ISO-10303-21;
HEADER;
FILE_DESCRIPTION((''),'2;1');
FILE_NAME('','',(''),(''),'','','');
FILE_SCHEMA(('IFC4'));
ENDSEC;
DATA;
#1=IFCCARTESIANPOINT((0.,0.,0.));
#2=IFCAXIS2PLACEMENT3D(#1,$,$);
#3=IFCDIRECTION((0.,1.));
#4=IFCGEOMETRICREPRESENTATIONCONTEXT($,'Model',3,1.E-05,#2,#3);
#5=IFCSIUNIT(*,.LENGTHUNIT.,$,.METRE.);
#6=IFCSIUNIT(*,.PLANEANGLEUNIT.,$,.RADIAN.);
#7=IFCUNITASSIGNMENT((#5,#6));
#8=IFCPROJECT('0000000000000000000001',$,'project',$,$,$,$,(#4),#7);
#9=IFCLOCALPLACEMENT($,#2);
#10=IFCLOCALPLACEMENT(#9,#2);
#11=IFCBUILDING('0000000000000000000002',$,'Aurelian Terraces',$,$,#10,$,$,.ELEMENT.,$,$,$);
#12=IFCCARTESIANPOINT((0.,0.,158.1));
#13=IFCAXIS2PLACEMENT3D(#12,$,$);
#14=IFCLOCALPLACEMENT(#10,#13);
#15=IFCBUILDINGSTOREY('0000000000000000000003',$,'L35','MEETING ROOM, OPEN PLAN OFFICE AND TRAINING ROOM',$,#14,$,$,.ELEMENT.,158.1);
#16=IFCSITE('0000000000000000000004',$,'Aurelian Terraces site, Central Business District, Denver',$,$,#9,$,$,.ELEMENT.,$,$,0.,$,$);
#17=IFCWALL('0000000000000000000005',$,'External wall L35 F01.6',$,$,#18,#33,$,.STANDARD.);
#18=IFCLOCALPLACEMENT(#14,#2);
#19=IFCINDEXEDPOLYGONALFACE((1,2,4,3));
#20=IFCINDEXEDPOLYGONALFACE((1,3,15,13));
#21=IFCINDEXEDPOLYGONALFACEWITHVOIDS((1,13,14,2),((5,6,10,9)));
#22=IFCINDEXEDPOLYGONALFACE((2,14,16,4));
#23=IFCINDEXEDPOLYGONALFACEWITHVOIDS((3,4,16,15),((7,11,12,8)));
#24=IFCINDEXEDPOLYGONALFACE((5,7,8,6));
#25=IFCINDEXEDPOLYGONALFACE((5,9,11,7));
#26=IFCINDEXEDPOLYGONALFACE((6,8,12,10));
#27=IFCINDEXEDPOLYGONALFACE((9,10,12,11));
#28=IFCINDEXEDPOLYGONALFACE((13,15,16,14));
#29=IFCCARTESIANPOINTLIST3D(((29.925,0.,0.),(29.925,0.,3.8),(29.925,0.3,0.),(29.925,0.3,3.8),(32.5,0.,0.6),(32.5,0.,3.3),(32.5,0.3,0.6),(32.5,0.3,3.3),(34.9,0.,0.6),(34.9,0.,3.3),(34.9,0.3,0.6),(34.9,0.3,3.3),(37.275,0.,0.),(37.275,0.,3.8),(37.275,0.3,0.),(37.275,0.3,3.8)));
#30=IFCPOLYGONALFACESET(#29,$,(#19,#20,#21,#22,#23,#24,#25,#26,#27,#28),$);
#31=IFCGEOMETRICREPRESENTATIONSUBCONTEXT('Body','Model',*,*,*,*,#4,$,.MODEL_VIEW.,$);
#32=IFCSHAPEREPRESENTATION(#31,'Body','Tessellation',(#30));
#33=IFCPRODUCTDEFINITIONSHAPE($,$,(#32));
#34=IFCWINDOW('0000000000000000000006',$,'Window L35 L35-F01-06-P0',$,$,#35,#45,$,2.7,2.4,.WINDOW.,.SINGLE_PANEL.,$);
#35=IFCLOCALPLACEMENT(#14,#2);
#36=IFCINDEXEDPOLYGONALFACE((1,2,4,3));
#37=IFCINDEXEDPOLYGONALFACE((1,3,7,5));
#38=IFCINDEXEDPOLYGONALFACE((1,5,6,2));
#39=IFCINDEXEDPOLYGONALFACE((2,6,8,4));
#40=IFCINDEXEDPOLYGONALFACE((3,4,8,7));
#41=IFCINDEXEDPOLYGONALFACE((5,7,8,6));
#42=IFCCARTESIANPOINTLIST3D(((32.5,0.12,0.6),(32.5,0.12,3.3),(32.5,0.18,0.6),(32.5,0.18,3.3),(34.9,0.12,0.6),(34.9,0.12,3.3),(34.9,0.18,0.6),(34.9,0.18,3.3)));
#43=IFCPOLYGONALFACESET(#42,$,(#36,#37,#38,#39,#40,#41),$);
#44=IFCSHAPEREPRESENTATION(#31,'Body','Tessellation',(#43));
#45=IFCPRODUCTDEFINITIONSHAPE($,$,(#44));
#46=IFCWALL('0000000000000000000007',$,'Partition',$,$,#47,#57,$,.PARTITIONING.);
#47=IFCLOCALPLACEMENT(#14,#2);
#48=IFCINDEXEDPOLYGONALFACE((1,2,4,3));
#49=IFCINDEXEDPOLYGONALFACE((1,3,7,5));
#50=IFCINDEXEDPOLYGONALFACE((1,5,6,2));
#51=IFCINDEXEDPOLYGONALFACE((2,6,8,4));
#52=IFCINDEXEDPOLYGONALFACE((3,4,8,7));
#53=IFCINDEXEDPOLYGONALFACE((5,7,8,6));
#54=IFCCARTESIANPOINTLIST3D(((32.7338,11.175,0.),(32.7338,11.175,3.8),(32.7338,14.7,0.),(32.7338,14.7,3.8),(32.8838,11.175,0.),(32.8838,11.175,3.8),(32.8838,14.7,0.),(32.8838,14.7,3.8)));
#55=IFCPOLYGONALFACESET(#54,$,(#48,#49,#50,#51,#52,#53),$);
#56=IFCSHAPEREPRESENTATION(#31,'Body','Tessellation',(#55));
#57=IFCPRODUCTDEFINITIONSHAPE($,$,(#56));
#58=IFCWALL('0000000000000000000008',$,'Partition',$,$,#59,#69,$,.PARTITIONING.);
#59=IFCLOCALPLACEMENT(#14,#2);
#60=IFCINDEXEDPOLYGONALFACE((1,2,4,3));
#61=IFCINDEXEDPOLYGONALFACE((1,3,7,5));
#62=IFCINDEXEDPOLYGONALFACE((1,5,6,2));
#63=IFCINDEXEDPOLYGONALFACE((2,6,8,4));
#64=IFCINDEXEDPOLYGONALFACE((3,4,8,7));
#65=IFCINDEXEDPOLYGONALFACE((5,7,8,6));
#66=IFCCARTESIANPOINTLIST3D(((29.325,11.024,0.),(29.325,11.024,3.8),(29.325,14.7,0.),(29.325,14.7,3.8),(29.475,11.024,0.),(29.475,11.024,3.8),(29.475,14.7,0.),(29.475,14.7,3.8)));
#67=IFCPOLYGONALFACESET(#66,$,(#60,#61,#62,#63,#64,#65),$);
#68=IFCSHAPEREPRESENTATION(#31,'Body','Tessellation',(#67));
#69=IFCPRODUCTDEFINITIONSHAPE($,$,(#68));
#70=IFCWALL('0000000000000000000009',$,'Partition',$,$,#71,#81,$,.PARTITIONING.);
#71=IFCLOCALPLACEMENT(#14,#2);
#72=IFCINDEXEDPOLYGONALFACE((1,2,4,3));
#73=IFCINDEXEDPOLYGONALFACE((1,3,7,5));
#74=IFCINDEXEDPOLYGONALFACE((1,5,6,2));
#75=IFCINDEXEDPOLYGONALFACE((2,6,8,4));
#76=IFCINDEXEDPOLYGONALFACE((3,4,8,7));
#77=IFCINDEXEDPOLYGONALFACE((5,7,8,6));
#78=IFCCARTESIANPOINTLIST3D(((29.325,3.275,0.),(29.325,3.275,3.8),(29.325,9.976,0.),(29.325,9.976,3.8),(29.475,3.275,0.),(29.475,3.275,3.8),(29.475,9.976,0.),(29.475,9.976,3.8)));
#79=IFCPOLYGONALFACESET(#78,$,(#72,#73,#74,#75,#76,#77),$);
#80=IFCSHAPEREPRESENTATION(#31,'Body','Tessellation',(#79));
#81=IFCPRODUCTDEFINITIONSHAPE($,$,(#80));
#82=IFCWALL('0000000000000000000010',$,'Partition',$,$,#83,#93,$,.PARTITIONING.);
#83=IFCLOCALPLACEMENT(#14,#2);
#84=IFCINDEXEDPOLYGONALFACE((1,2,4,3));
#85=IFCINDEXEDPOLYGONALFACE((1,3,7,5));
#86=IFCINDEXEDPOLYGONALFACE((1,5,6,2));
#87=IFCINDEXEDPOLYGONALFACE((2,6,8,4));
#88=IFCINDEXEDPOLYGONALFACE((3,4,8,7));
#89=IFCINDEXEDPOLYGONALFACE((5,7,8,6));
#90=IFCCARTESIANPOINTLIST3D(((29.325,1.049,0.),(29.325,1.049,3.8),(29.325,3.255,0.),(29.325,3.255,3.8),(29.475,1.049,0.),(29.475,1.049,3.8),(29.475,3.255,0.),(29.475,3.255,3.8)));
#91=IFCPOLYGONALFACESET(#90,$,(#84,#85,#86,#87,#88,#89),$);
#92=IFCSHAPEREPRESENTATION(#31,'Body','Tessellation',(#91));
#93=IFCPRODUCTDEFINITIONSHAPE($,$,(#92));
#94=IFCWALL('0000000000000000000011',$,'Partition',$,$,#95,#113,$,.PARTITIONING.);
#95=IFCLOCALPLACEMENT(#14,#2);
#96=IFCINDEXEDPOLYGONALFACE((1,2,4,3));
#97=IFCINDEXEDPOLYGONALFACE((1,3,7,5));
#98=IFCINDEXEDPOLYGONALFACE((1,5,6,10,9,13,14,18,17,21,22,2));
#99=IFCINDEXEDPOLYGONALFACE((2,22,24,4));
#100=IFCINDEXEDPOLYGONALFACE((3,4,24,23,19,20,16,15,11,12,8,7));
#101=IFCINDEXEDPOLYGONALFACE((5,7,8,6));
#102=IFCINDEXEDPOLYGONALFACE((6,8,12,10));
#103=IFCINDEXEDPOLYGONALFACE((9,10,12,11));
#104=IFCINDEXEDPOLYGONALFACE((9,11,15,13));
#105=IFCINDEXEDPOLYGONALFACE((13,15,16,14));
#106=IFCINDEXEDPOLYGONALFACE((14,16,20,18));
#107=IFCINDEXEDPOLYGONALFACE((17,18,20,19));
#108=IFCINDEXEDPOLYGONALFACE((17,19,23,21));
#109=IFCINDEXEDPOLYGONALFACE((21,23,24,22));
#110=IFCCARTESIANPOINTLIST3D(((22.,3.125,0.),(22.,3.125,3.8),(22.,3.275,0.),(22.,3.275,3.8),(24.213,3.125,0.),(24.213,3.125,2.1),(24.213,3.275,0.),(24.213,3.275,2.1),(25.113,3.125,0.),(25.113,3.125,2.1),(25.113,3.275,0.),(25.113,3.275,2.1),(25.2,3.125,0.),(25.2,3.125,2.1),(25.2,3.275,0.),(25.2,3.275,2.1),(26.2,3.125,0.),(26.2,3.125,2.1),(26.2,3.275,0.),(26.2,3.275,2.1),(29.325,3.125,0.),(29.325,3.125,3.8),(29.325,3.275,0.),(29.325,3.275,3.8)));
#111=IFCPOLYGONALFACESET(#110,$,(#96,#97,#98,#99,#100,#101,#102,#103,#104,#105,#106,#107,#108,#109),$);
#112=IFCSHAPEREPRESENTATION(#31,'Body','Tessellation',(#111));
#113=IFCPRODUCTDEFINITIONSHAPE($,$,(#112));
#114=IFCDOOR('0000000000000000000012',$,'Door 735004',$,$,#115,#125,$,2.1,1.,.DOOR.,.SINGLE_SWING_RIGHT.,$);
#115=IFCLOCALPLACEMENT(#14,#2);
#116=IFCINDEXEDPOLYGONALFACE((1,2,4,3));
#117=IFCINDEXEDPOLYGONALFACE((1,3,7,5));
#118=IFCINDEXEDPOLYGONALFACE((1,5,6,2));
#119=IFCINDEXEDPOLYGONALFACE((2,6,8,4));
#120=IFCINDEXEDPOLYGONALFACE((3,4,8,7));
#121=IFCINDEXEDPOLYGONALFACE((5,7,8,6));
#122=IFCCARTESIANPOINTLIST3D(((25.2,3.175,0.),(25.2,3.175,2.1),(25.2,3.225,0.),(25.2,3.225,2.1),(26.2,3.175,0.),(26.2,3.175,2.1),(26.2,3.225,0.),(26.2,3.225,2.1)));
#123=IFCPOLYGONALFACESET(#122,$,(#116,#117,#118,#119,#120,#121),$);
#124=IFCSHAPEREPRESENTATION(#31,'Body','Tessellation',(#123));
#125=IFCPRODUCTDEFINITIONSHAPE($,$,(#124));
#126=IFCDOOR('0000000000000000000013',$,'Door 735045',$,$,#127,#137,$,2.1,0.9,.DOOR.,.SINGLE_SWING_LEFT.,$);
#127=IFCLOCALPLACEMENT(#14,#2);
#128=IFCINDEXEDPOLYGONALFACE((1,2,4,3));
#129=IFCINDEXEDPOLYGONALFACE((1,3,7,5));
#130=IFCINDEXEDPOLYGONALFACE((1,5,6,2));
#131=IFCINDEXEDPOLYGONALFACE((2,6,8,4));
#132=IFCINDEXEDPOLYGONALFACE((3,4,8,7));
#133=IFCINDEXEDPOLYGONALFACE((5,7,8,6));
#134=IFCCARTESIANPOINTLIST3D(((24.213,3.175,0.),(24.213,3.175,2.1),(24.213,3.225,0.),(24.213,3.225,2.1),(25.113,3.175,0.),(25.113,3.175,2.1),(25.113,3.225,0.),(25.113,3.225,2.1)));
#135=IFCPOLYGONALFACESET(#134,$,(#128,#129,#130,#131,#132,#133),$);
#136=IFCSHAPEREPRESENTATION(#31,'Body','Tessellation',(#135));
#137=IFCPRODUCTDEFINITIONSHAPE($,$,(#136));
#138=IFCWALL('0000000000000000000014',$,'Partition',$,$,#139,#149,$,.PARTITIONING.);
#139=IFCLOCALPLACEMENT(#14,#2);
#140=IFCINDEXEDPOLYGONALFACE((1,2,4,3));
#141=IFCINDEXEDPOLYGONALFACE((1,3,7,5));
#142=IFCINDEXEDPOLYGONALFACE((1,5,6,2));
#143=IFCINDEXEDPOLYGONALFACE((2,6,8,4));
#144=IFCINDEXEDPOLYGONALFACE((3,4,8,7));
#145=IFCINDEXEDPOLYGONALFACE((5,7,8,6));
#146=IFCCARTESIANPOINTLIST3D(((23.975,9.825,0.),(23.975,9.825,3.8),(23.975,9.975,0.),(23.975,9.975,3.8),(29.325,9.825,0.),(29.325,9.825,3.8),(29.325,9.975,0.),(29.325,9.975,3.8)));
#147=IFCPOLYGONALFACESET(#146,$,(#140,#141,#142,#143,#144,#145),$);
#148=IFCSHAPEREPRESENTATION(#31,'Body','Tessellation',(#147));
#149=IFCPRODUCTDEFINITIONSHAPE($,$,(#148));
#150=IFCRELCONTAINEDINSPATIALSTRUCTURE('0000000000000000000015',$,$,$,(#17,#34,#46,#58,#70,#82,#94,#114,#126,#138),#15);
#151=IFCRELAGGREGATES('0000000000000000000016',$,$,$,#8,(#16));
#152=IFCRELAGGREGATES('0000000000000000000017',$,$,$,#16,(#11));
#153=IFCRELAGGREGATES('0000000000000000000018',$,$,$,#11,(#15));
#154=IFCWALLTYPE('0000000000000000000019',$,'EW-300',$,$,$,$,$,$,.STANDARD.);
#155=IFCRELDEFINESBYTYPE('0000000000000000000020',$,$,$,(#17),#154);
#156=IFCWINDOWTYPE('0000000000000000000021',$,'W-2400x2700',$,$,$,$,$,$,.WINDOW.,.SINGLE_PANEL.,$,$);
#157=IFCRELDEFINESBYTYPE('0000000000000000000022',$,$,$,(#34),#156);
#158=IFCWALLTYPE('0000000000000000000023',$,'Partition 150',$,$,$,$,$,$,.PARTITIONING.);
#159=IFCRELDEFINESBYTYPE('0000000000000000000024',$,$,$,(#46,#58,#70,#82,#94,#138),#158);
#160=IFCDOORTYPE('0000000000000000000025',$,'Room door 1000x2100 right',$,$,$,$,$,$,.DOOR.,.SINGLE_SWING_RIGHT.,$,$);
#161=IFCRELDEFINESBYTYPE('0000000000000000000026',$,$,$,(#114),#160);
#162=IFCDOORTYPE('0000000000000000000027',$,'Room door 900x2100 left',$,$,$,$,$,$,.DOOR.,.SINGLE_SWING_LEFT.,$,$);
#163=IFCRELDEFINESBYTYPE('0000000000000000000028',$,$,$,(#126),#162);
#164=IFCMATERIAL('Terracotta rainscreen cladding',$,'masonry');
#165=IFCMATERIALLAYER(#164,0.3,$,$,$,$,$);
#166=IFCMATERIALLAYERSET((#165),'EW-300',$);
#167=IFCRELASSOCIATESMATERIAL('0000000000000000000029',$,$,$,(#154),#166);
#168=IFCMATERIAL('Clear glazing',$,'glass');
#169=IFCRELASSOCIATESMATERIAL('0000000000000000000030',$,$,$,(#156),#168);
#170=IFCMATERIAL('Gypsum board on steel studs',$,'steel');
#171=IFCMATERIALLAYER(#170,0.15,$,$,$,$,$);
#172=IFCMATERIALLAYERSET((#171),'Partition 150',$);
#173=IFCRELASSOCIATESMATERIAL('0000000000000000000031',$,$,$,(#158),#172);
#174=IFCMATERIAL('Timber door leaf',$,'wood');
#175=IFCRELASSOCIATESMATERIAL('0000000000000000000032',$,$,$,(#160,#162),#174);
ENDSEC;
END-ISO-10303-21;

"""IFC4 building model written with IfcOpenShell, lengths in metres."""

from ifc_helpers import new_model, si_unit, direction, frame, frame_2d, origin, place, context, subcontext, project, spatial, rectangle, extrude, source, transform, mapped, material, layer, layer_set, type_object, element, fill, save


model = new_model("IFC4")

# Units and contexts
model_context = context("Model", 3, precision=1e-05, world=origin(), true_north=direction((0.0, 1.0)))
body_context = subcontext(model_context, "Body", "Model", "MODEL_VIEW")
ifc_project = project(units=[si_unit("LENGTHUNIT", "METRE"), si_unit("PLANEANGLEUNIT", "RADIAN")], contexts=[model_context])

# Site, building, storey
site_placement = place(None, origin())
site = spatial("IfcSite", under=ifc_project, at=site_placement, Name="Aurelian Terraces site, Central Business District, Denver", CompositionType="ELEMENT", RefElevation=0.0)
building_placement = place(site_placement, origin())
building = spatial("IfcBuilding", under=site, at=building_placement, Name="Aurelian Terraces", CompositionType="ELEMENT")
storey_placement = place(building_placement, frame((0.0, 0.0, 158.1)))
storey = spatial("IfcBuildingStorey", under=building, at=storey_placement, Name="L35", Description="MEETING ROOM, OPEN PLAN OFFICE AND TRAINING ROOM", CompositionType="ELEMENT", Elevation=158.1)

# Shared definitions
ifc_material_1 = material(Name="Terracotta rainscreen cladding", Category="masonry")
ifc_layer_1 = layer(ifc_material_1, 0.3)
ifc_layer_set_1 = layer_set([ifc_layer_1], Name="EW-300")
wall_type_1 = type_object("IfcWallType", Name="EW-300", PredefinedType="STANDARD", material=ifc_layer_set_1)
shared_shape_1 = source(origin(), body_context, "Body", "SweptSolid", [
    extrude(rectangle(XDim=7.35, YDim=0.3, at=frame_2d((3.675, 0.0))), origin(), (0.0, 0.0, 1.0), 3.8),
])
shared_shape_2 = source(origin(), body_context, "Body", "SweptSolid", [
    extrude(rectangle(XDim=2.4, YDim=2.7, at=frame_2d((1.2, 1.35))), frame((0.0, 0.16, 0.0), z_axis=(0.0, -1.0, 0.0), x_axis=(1.0, 0.0, 0.0)), (0.0, 0.0, 1.0), 0.32),
])
ifc_material_2 = material(Name="Clear glazing", Category="glass")
window_type = type_object("IfcWindowType", Name="W-2400x2700", PartitioningType="SINGLE_PANEL", PredefinedType="WINDOW", material=ifc_material_2)
shared_shape_3 = source(origin(), body_context, "Body", "SweptSolid", [
    extrude(rectangle(XDim=2.4, YDim=2.7, at=frame_2d((1.2, 1.35))), frame((0.0, 0.03, 0.0), z_axis=(0.0, -1.0, 0.0), x_axis=(1.0, 0.0, 0.0)), (0.0, 0.0, 1.0), 0.06),
])

# Wall, opening, window
wall_1_placement = place(storey_placement, frame((29.925, 0.15, 0.0), z_axis=(0.0, 0.0, 1.0), x_axis=(1.0, 0.0, 0.0)))
wall_1 = element("IfcWall", 1, at=wall_1_placement, inside=storey, type_object=wall_type_1, Name="External wall L35 F01.6", PredefinedType="STANDARD", context=body_context, shape_type="MappedRepresentation", body=[
    mapped(shared_shape_1, transform((0.0, 0.0, 0.0), scale=1.0)),
])
opening_1_placement = place(wall_1_placement, frame((2.575, 0.0, 0.6)))
opening_1 = element("IfcOpeningElement", 2, at=opening_1_placement, cuts=wall_1, PredefinedType="OPENING", context=body_context, shape_type="MappedRepresentation", body=[
    mapped(shared_shape_2, transform((0.0, 0.0, 0.0), scale=1.0)),
])
window_1_placement = place(opening_1_placement, origin())
window_1 = element("IfcWindow", 3, at=window_1_placement, inside=storey, type_object=window_type, Name="Window L35 L35-F01-06-P0", OverallHeight=2.7, OverallWidth=2.4, PartitioningType="SINGLE_PANEL", PredefinedType="WINDOW", context=body_context, shape_type="MappedRepresentation", body=[
    mapped(shared_shape_3, transform((0.0, 0.0, 0.0), scale=1.0)),
])
fill(opening_1, window_1)

# Walls
ifc_material_3 = material(Name="Gypsum board on steel studs", Category="steel")
ifc_layer_2 = layer(ifc_material_3, 0.15)
ifc_layer_set_2 = layer_set([ifc_layer_2], Name="Partition 150")
wall_type_2 = type_object("IfcWallType", Name="Partition 150", PredefinedType="PARTITIONING", material=ifc_layer_set_2)
shared_shape_4 = source(origin(), body_context, "Body", "SweptSolid", [
    extrude(rectangle(XDim=3.525, YDim=0.15, at=frame_2d((1.7625, 0.0))), origin(), (0.0, 0.0, 1.0), 3.8),
])
wall_2_placement = place(storey_placement, frame((32.8088, 11.175, 0.0), z_axis=(0.0, 0.0, 1.0), x_axis=(0.0, 1.0, 0.0)))
element("IfcWall", 4, at=wall_2_placement, inside=storey, type_object=wall_type_2, Name="Partition", PredefinedType="PARTITIONING", context=body_context, shape_type="MappedRepresentation", body=[
    mapped(shared_shape_4, transform((0.0, 0.0, 0.0), scale=1.0)),
])
shared_shape_5 = source(origin(), body_context, "Body", "SweptSolid", [
    extrude(rectangle(XDim=3.676, YDim=0.15, at=frame_2d((1.838, 0.0))), origin(), (0.0, 0.0, 1.0), 3.8),
])
wall_3_placement = place(storey_placement, frame((29.4, 11.024, 0.0), z_axis=(0.0, 0.0, 1.0), x_axis=(0.0, 1.0, 0.0)))
element("IfcWall", 5, at=wall_3_placement, inside=storey, type_object=wall_type_2, Name="Partition", PredefinedType="PARTITIONING", context=body_context, shape_type="MappedRepresentation", body=[
    mapped(shared_shape_5, transform((0.0, 0.0, 0.0), scale=1.0)),
])
shared_shape_6 = source(origin(), body_context, "Body", "SweptSolid", [
    extrude(rectangle(XDim=6.701, YDim=0.15, at=frame_2d((3.3505, 0.0))), origin(), (0.0, 0.0, 1.0), 3.8),
])
wall_4_placement = place(storey_placement, frame((29.4, 3.275, 0.0), z_axis=(0.0, 0.0, 1.0), x_axis=(0.0, 1.0, 0.0)))
element("IfcWall", 6, at=wall_4_placement, inside=storey, type_object=wall_type_2, Name="Partition", PredefinedType="PARTITIONING", context=body_context, shape_type="MappedRepresentation", body=[
    mapped(shared_shape_6, transform((0.0, 0.0, 0.0), scale=1.0)),
])
shared_shape_7 = source(origin(), body_context, "Body", "SweptSolid", [
    extrude(rectangle(XDim=2.206, YDim=0.15, at=frame_2d((1.103, 0.0))), origin(), (0.0, 0.0, 1.0), 3.8),
])
wall_5_placement = place(storey_placement, frame((29.4, 1.049, 0.0), z_axis=(0.0, 0.0, 1.0), x_axis=(0.0, 1.0, 0.0)))
element("IfcWall", 7, at=wall_5_placement, inside=storey, type_object=wall_type_2, Name="Partition", PredefinedType="PARTITIONING", context=body_context, shape_type="MappedRepresentation", body=[
    mapped(shared_shape_7, transform((0.0, 0.0, 0.0), scale=1.0)),
])

# Wall, openings, doors
shared_shape_8 = source(origin(), body_context, "Body", "SweptSolid", [
    extrude(rectangle(XDim=7.325, YDim=0.15, at=frame_2d((3.6625, 0.0))), origin(), (0.0, 0.0, 1.0), 3.8),
])
wall_6_placement = place(storey_placement, frame((22.0, 3.2, 0.0), z_axis=(0.0, 0.0, 1.0), x_axis=(1.0, 0.0, 0.0)))
wall_6 = element("IfcWall", 8, at=wall_6_placement, inside=storey, type_object=wall_type_2, Name="Partition", PredefinedType="PARTITIONING", context=body_context, shape_type="MappedRepresentation", body=[
    mapped(shared_shape_8, transform((0.0, 0.0, 0.0), scale=1.0)),
])
shared_shape_9 = source(origin(), body_context, "Body", "SweptSolid", [
    extrude(rectangle(XDim=1.0, YDim=2.1, at=frame_2d((0.5, 1.05))), frame((0.0, 0.085, 0.0), z_axis=(0.0, -1.0, 0.0), x_axis=(1.0, 0.0, 0.0)), (0.0, 0.0, 1.0), 0.17),
])
opening_2_placement = place(wall_6_placement, frame((3.2, 0.0, 0.0)))
opening_2 = element("IfcOpeningElement", 9, at=opening_2_placement, cuts=wall_6, PredefinedType="OPENING", context=body_context, shape_type="MappedRepresentation", body=[
    mapped(shared_shape_9, transform((0.0, 0.0, 0.0), scale=1.0)),
])
shared_shape_10 = source(origin(), body_context, "Body", "SweptSolid", [
    extrude(rectangle(XDim=0.9, YDim=2.1, at=frame_2d((0.45, 1.05))), frame((0.0, 0.085, 0.0), z_axis=(0.0, -1.0, 0.0), x_axis=(1.0, 0.0, 0.0)), (0.0, 0.0, 1.0), 0.17),
])
opening_3_placement = place(wall_6_placement, frame((2.213, 0.0, 0.0)))
opening_3 = element("IfcOpeningElement", 10, at=opening_3_placement, cuts=wall_6, PredefinedType="OPENING", context=body_context, shape_type="MappedRepresentation", body=[
    mapped(shared_shape_10, transform((0.0, 0.0, 0.0), scale=1.0)),
])
ifc_material_4 = material(Name="Timber door leaf", Category="wood")
door_type_1 = type_object("IfcDoorType", Name="Room door 1000x2100 right", OperationType="SINGLE_SWING_RIGHT", PredefinedType="DOOR", material=ifc_material_4)
shared_shape_11 = source(origin(), body_context, "Body", "SweptSolid", [
    extrude(rectangle(XDim=1.0, YDim=2.1, at=frame_2d((0.5, 1.05))), frame((0.0, 0.025, 0.0), z_axis=(0.0, -1.0, 0.0), x_axis=(1.0, 0.0, 0.0)), (0.0, 0.0, 1.0), 0.05),
])
door_1_placement = place(opening_2_placement, origin())
door_1 = element("IfcDoor", 11, at=door_1_placement, inside=storey, type_object=door_type_1, Name="Door 735004", OperationType="SINGLE_SWING_RIGHT", OverallHeight=2.1, OverallWidth=1.0, PredefinedType="DOOR", context=body_context, shape_type="MappedRepresentation", body=[
    mapped(shared_shape_11, transform((0.0, 0.0, 0.0), scale=1.0)),
])
fill(opening_2, door_1)
door_type_2 = type_object("IfcDoorType", Name="Room door 900x2100 left", OperationType="SINGLE_SWING_LEFT", PredefinedType="DOOR", material=ifc_material_4)
shared_shape_12 = source(origin(), body_context, "Body", "SweptSolid", [
    extrude(rectangle(XDim=0.9, YDim=2.1, at=frame_2d((0.45, 1.05))), frame((0.0, 0.025, 0.0), z_axis=(0.0, -1.0, 0.0), x_axis=(1.0, 0.0, 0.0)), (0.0, 0.0, 1.0), 0.05),
])
door_2_placement = place(opening_3_placement, origin())
door_2 = element("IfcDoor", 12, at=door_2_placement, inside=storey, type_object=door_type_2, Name="Door 735045", OperationType="SINGLE_SWING_LEFT", OverallHeight=2.1, OverallWidth=0.9, PredefinedType="DOOR", context=body_context, shape_type="MappedRepresentation", body=[
    mapped(shared_shape_12, transform((0.0, 0.0, 0.0), scale=1.0)),
])
fill(opening_3, door_2)

# Wall
shared_shape_13 = source(origin(), body_context, "Body", "SweptSolid", [
    extrude(rectangle(XDim=5.35, YDim=0.15, at=frame_2d((2.675, 0.0))), origin(), (0.0, 0.0, 1.0), 3.8),
])
wall_7_placement = place(storey_placement, frame((29.325, 9.9, 0.0), z_axis=(0.0, 0.0, 1.0), x_axis=(-1.0, 0.0, 0.0)))
element("IfcWall", 13, at=wall_7_placement, inside=storey, type_object=wall_type_2, Name="Partition", PredefinedType="PARTITIONING", context=body_context, shape_type="MappedRepresentation", body=[
    mapped(shared_shape_13, transform((0.0, 0.0, 0.0), scale=1.0)),
])

save(model, "model.ifc")
